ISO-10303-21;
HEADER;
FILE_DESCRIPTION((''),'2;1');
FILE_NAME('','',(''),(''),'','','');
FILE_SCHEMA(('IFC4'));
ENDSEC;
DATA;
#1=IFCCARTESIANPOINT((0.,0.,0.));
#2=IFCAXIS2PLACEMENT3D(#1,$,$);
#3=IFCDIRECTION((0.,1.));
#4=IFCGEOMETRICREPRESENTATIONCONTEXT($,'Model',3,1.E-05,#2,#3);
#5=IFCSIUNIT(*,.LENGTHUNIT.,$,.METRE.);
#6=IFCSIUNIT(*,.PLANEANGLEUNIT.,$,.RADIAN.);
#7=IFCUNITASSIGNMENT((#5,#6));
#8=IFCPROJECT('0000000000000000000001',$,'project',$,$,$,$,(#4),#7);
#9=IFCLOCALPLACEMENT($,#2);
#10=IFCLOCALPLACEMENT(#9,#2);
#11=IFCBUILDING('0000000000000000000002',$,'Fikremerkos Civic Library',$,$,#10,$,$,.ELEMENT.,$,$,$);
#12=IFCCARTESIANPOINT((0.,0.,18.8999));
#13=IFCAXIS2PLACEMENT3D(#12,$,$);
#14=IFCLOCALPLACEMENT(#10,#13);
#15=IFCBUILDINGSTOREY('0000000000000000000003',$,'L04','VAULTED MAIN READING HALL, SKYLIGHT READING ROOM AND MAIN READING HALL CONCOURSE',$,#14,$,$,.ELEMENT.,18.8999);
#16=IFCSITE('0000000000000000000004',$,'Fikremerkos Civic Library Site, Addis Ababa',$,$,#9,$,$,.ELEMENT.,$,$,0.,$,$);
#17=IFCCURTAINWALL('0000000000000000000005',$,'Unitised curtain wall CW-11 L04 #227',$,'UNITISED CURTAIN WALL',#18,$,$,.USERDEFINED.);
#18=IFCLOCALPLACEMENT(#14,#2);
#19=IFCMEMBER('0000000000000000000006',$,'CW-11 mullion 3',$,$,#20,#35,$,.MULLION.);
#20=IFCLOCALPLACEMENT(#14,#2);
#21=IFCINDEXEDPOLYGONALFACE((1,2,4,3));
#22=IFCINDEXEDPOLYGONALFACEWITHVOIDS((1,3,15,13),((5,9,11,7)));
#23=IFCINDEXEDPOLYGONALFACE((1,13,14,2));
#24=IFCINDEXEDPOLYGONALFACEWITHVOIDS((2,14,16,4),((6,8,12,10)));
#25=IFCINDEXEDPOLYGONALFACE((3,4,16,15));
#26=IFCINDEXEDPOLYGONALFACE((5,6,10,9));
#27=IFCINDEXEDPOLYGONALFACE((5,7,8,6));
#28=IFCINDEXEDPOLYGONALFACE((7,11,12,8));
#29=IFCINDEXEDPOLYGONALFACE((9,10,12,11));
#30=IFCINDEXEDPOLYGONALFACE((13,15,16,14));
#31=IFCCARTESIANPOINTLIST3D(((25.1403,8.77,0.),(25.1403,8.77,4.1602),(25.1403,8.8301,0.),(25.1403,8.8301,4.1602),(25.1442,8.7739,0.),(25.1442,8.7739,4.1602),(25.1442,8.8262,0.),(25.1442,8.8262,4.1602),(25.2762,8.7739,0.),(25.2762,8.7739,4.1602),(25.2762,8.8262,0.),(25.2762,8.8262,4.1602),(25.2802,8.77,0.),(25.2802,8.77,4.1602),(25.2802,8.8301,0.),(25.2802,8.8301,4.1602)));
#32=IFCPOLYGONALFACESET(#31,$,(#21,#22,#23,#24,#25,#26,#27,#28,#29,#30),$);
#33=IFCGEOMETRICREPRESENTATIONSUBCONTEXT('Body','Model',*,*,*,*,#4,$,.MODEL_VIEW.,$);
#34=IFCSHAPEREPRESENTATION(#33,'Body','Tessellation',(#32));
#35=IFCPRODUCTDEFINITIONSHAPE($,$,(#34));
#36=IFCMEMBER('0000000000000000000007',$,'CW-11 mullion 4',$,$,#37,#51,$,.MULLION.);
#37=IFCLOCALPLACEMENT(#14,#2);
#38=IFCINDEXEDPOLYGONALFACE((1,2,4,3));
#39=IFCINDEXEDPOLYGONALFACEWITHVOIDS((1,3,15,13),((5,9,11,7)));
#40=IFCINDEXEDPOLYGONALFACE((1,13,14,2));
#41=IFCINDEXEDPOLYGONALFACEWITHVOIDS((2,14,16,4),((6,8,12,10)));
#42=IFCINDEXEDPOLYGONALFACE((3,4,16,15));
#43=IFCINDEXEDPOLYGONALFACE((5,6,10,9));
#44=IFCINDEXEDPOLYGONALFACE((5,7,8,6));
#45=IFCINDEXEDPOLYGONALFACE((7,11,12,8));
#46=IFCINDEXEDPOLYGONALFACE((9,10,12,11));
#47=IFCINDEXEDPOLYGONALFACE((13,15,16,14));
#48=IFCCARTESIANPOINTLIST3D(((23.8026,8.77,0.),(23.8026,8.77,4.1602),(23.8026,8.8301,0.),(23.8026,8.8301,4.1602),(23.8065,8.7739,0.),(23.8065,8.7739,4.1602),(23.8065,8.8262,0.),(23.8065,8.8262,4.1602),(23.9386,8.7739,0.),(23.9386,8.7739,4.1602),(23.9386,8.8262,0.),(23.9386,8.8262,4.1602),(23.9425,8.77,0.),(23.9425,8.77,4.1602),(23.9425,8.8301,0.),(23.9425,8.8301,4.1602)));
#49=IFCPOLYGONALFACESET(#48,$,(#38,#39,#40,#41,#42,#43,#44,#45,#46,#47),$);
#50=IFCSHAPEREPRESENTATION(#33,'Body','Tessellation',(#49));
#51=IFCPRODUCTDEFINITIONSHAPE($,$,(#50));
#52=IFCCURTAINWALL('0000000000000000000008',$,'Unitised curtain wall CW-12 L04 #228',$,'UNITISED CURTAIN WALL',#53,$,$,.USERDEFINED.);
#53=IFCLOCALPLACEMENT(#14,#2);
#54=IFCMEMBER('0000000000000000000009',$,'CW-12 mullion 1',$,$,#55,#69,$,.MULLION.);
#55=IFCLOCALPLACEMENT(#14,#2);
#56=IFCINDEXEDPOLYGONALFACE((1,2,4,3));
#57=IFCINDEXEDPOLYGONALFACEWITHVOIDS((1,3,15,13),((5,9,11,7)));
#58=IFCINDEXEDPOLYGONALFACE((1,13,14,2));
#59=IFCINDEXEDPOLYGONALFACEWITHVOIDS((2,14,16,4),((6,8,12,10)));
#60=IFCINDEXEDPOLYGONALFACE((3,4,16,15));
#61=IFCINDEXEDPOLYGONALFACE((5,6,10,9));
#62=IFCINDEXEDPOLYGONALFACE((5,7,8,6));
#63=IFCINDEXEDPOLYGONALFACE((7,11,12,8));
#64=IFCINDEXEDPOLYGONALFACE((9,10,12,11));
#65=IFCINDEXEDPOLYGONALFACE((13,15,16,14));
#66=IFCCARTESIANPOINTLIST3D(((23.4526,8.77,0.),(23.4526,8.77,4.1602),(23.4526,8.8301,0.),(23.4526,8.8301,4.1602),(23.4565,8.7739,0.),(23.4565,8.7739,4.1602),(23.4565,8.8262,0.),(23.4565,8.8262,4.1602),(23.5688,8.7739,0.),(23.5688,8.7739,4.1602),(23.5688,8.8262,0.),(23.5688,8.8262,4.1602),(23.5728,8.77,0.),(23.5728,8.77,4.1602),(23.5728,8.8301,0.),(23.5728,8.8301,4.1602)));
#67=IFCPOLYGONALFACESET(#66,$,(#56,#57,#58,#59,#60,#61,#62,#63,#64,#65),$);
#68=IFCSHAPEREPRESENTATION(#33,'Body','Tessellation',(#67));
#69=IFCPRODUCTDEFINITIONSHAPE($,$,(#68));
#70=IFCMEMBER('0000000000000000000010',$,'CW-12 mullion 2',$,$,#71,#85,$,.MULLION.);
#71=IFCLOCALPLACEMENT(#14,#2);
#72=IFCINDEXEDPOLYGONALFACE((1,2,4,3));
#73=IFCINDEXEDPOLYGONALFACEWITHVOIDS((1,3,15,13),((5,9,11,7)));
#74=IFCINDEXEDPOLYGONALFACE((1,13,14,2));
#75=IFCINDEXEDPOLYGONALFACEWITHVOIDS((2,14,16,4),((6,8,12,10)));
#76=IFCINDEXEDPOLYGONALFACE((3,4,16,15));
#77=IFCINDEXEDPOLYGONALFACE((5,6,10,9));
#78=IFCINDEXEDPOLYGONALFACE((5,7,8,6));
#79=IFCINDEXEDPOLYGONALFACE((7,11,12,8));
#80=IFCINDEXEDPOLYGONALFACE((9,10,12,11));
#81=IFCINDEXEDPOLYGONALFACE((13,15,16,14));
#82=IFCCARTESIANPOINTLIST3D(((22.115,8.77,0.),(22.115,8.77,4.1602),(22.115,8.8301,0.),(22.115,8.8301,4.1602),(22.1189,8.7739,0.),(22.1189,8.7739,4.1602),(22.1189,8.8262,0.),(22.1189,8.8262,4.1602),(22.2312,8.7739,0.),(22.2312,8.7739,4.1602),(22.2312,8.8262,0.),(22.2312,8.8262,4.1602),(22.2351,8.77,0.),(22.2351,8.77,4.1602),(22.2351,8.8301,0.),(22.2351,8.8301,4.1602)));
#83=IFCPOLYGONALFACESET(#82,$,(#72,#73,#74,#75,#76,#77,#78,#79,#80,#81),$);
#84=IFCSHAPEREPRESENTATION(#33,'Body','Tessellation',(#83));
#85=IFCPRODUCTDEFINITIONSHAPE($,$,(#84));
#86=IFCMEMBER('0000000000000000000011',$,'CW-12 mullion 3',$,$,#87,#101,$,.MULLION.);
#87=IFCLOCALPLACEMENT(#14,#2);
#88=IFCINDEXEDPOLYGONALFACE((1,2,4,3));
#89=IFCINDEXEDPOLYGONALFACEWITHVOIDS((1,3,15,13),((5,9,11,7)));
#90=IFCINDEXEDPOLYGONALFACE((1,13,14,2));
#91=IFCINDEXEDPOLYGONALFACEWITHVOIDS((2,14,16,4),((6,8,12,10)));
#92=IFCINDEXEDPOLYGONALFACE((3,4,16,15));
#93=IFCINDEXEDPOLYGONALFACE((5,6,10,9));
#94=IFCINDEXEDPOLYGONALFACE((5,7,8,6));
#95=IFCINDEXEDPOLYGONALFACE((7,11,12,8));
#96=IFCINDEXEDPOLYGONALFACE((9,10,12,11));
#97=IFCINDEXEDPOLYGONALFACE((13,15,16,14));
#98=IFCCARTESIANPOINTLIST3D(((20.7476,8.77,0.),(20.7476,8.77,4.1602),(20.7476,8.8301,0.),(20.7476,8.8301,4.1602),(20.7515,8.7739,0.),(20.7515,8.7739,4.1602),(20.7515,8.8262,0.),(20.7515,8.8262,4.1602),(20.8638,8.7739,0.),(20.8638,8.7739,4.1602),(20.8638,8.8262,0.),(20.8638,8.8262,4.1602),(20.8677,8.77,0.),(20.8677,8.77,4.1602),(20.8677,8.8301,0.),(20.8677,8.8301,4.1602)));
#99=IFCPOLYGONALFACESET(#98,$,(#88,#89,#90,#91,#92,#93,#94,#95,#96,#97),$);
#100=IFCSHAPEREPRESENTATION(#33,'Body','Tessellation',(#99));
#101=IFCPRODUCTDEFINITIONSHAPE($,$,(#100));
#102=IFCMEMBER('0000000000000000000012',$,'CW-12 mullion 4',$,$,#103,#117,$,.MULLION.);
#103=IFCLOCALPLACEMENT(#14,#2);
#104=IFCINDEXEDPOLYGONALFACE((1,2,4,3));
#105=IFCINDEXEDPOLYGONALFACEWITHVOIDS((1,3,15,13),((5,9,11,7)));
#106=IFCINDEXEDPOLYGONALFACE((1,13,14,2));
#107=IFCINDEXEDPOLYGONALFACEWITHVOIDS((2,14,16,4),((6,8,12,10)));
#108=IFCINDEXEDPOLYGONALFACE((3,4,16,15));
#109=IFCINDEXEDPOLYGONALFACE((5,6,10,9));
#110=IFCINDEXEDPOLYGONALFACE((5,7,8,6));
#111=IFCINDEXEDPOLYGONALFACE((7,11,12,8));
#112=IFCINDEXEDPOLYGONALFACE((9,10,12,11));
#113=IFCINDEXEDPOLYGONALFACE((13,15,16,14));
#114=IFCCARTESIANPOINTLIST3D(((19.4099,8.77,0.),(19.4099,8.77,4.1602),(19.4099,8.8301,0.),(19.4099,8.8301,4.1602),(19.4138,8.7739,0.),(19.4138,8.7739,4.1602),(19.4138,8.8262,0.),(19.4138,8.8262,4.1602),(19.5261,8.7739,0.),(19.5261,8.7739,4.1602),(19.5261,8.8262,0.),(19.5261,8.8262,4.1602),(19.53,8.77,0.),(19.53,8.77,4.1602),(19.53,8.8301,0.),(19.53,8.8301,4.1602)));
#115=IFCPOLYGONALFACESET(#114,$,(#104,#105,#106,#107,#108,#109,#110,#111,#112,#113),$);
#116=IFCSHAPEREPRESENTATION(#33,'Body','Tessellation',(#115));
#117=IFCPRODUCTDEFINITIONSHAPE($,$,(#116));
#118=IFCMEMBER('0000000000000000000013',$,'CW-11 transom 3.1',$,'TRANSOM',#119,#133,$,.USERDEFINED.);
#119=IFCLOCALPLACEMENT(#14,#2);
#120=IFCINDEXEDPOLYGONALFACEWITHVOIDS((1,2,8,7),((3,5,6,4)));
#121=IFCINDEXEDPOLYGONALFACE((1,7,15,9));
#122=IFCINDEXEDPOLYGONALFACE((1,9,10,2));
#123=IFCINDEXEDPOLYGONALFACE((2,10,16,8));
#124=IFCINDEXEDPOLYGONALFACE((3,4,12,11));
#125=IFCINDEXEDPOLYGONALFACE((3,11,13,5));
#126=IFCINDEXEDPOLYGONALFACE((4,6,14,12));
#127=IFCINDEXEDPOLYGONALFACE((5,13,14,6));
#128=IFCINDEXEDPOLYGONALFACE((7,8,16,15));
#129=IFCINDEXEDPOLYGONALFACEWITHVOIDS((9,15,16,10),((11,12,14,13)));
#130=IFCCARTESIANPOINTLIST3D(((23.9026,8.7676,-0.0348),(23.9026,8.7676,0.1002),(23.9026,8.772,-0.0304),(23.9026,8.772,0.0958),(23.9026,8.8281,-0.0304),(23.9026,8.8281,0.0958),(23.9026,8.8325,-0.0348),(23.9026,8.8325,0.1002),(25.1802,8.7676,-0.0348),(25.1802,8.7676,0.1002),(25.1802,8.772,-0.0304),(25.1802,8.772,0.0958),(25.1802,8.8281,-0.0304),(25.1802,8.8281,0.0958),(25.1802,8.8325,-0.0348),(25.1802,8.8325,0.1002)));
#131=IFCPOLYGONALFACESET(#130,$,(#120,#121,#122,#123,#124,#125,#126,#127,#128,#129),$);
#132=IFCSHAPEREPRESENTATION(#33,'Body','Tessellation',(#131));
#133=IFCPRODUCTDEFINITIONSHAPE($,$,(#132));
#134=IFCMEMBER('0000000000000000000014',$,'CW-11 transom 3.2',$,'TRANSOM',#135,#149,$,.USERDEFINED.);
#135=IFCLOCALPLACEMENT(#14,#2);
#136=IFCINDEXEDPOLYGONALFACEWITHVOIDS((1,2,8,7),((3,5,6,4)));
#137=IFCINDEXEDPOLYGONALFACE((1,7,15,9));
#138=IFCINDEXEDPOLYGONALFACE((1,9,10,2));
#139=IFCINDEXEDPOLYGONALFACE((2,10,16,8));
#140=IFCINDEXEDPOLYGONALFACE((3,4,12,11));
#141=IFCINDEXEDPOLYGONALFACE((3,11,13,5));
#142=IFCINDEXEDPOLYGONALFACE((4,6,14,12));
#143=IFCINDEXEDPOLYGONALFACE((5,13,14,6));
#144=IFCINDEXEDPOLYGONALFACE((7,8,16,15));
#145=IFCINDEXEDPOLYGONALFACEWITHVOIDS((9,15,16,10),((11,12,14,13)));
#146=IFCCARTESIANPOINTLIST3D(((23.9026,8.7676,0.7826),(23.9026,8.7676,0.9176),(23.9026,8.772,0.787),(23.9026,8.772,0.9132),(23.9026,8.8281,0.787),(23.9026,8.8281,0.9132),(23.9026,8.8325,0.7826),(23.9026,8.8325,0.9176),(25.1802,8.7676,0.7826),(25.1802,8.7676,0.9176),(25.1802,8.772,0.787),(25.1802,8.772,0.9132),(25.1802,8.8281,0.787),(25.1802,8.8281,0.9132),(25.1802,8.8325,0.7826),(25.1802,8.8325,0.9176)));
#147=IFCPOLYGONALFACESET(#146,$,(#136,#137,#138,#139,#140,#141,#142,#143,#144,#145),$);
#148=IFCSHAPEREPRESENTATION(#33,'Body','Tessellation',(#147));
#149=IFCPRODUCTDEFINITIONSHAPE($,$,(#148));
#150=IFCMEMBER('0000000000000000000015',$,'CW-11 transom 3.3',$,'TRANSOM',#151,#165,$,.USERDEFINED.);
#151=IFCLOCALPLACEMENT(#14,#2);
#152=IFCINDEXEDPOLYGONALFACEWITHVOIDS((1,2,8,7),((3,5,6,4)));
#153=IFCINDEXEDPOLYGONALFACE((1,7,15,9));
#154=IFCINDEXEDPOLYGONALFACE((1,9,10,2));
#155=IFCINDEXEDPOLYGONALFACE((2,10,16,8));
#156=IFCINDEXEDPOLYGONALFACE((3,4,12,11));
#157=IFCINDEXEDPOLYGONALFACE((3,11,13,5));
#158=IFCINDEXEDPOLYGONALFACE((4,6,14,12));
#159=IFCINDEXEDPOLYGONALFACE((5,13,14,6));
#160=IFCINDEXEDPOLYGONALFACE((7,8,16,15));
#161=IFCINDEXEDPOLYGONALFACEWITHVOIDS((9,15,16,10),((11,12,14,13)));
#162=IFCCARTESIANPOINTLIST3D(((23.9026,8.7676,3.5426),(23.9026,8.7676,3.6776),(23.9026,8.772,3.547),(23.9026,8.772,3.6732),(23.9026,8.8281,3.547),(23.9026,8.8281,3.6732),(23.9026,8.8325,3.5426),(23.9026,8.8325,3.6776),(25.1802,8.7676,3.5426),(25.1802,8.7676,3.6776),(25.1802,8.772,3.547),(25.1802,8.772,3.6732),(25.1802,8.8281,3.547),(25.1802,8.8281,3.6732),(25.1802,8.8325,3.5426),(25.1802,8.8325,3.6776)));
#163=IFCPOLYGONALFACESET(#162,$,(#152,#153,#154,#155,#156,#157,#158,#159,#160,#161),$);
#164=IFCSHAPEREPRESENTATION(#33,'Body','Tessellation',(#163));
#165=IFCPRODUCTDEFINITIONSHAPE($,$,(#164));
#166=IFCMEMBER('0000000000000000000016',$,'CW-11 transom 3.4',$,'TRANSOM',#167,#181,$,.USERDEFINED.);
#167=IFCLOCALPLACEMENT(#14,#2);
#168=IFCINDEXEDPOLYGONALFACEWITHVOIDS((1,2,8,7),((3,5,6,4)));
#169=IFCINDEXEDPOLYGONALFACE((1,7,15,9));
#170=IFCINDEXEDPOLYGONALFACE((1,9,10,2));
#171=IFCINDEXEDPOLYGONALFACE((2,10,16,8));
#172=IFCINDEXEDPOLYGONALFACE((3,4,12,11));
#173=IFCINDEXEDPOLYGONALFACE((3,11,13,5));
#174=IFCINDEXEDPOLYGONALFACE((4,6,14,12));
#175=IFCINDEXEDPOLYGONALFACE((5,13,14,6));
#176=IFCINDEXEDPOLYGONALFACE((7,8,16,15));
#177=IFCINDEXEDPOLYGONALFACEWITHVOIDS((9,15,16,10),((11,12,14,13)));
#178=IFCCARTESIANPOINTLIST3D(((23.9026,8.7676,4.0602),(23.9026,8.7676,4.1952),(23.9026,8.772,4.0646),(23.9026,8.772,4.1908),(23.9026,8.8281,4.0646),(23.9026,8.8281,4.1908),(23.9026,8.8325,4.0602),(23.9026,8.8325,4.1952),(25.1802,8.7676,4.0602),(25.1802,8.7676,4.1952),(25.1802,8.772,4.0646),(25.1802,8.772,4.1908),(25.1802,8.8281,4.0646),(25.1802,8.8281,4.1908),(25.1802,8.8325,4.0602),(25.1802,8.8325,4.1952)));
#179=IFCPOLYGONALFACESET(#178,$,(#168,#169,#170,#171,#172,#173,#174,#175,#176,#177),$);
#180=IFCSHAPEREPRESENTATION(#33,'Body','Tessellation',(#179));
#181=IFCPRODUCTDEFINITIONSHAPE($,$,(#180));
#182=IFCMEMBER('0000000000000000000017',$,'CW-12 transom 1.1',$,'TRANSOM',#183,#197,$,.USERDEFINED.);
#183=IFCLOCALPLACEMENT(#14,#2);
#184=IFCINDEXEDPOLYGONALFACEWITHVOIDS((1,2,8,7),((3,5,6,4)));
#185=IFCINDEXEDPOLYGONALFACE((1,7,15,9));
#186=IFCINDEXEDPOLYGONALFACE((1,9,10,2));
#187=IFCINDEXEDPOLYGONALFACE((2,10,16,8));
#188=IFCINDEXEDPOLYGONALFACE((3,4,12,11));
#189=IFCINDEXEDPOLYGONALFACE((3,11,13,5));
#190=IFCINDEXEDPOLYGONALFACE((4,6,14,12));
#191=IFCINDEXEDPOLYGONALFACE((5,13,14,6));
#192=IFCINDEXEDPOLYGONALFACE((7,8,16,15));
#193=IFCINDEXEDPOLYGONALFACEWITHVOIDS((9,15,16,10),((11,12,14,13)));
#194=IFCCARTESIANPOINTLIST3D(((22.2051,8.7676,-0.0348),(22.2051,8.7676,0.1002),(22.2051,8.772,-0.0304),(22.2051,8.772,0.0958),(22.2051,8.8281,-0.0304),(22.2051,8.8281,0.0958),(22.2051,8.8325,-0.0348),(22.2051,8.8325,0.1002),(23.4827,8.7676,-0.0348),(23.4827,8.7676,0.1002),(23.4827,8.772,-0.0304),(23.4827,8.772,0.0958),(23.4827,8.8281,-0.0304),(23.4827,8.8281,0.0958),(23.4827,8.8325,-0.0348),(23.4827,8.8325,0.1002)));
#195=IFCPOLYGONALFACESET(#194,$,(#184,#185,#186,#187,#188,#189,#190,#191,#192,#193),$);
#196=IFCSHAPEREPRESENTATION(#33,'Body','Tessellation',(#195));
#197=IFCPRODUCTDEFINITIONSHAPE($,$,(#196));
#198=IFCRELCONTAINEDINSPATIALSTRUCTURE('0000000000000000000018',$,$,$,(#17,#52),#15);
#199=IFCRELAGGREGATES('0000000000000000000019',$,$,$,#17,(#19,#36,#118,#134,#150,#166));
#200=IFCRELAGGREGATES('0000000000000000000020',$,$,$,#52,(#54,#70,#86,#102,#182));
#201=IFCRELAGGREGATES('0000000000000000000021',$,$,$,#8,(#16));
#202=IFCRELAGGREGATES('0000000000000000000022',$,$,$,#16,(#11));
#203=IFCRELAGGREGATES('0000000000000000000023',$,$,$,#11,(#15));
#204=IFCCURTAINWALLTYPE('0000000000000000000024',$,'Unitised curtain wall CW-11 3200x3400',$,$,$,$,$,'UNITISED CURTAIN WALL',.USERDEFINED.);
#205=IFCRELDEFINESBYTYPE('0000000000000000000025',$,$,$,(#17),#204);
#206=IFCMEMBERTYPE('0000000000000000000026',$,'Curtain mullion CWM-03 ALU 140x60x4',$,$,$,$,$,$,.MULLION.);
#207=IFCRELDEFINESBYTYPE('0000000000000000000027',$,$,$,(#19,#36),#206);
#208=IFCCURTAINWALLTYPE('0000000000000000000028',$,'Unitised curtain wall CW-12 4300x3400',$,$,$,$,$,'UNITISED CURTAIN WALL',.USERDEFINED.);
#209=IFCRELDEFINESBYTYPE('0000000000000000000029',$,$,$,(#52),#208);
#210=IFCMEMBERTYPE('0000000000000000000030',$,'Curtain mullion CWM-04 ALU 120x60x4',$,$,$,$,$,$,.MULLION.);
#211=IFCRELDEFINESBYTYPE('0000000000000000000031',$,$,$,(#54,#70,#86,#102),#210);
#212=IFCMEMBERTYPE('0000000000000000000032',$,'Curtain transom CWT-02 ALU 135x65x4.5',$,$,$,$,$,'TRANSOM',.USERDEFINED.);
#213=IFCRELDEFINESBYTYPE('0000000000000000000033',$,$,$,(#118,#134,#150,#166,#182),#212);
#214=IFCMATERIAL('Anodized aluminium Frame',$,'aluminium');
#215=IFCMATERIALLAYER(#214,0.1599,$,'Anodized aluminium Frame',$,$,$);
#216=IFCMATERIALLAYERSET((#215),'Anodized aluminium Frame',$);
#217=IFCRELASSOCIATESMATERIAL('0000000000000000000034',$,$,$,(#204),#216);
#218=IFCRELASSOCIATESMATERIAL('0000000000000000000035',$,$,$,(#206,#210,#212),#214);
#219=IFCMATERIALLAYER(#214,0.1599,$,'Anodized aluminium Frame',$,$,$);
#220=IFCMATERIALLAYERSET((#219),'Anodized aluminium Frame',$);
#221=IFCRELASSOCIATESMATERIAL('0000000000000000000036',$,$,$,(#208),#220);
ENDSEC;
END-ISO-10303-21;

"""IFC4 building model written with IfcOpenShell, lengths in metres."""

from ifc_helpers import new_model, si_unit, direction, frame, origin, origin_2d, place, context, subcontext, project, spatial, hollow_rectangle, extrude, material, layer, layer_set, material_profile, profile_set, type_object, element, aggregate, save


model = new_model("IFC4")

# Units and contexts
model_context = context("Model", 3, precision=1e-05, world=origin(), true_north=direction((0.0, 1.0)))
body_context = subcontext(model_context, "Body", "Model", "MODEL_VIEW")
ifc_project = project(units=[si_unit("LENGTHUNIT", "METRE"), si_unit("PLANEANGLEUNIT", "RADIAN")], contexts=[model_context])

# Site, building, storey
site_placement = place(None, origin())
site = spatial("IfcSite", under=ifc_project, at=site_placement, Name="Fikremerkos Civic Library Site, Addis Ababa", CompositionType="ELEMENT", RefElevation=0.0)
building_placement = place(site_placement, origin())
building = spatial("IfcBuilding", under=site, at=building_placement, Name="Fikremerkos Civic Library", CompositionType="ELEMENT")
storey_placement = place(building_placement, frame((0.0, 0.0, 18.8999)))
storey = spatial("IfcBuildingStorey", under=building, at=storey_placement, Name="L04", Description="VAULTED MAIN READING HALL, SKYLIGHT READING ROOM AND MAIN READING HALL CONCOURSE", CompositionType="ELEMENT", Elevation=18.8999)

# Curtain walls, members
ifc_material_1 = material(Name="Anodized aluminium Frame", Category="aluminium")
ifc_layer_1 = layer(ifc_material_1, 0.1599, Name="Anodized aluminium Frame")
ifc_layer_set_1 = layer_set([ifc_layer_1], Name="Anodized aluminium Frame")
curtain_wall_type_1 = type_object("IfcCurtainWallType", Name="Unitised curtain wall CW-11 3200x3400", ElementType="UNITISED CURTAIN WALL", PredefinedType="USERDEFINED", material=ifc_layer_set_1)
curtain_wall_1_placement = place(storey_placement, origin())
curtain_wall_1 = element("IfcCurtainWall", 1, at=curtain_wall_1_placement, inside=storey, type_object=curtain_wall_type_1, Name="Unitised curtain wall CW-11 L04 #227", ObjectType="UNITISED CURTAIN WALL", PredefinedType="USERDEFINED")
ifc_material_profile_1 = material_profile(ifc_material_1, hollow_rectangle(XDim=0.0601, YDim=0.1399, WallThickness=0.0039, at=origin_2d()), Name="ALU 140x60x4")
ifc_profile_set_1 = profile_set([ifc_material_profile_1], Name="Anodized aluminium Frame")
member_type_1 = type_object("IfcMemberType", Name="Curtain mullion CWM-03 ALU 140x60x4", PredefinedType="MULLION", material=ifc_profile_set_1)
member_1_placement = place(storey_placement, frame((25.2102, 8.8, 0.0), z_axis=(0.0, 0.0, 1.0), x_axis=(0.0, -1.0, 0.0)))
member_1 = element("IfcMember", 2, at=member_1_placement, type_object=member_type_1, Name="CW-11 mullion 3", PredefinedType="MULLION", context=body_context, shape_type="SweptSolid", body=[
    extrude(hollow_rectangle(XDim=0.0601, YDim=0.1399, WallThickness=0.0039, at=origin_2d()), origin(), (0.0, 0.0, 1.0), 4.1602),
])
member_2_placement = place(storey_placement, frame((23.8726, 8.8, 0.0), z_axis=(0.0, 0.0, 1.0), x_axis=(0.0, -1.0, 0.0)))
member_2 = element("IfcMember", 3, at=member_2_placement, type_object=member_type_1, Name="CW-11 mullion 4", PredefinedType="MULLION", context=body_context, shape_type="SweptSolid", body=[
    extrude(hollow_rectangle(XDim=0.0601, YDim=0.1399, WallThickness=0.0039, at=origin_2d()), origin(), (0.0, 0.0, 1.0), 4.1602),
])
ifc_layer_2 = layer(ifc_material_1, 0.1599, Name="Anodized aluminium Frame")
ifc_layer_set_2 = layer_set([ifc_layer_2], Name="Anodized aluminium Frame")
curtain_wall_type_2 = type_object("IfcCurtainWallType", Name="Unitised curtain wall CW-12 4300x3400", ElementType="UNITISED CURTAIN WALL", PredefinedType="USERDEFINED", material=ifc_layer_set_2)
curtain_wall_2_placement = place(storey_placement, origin())
curtain_wall_2 = element("IfcCurtainWall", 4, at=curtain_wall_2_placement, inside=storey, type_object=curtain_wall_type_2, Name="Unitised curtain wall CW-12 L04 #228", ObjectType="UNITISED CURTAIN WALL", PredefinedType="USERDEFINED")
ifc_material_profile_2 = material_profile(ifc_material_1, hollow_rectangle(XDim=0.0601, YDim=0.1201, WallThickness=0.0039, at=origin_2d()), Name="ALU 120x60x4")
ifc_profile_set_2 = profile_set([ifc_material_profile_2], Name="Anodized aluminium Frame")
member_type_2 = type_object("IfcMemberType", Name="Curtain mullion CWM-04 ALU 120x60x4", PredefinedType="MULLION", material=ifc_profile_set_2)
member_3_placement = place(storey_placement, frame((23.5127, 8.8, 0.0), z_axis=(0.0, 0.0, 1.0), x_axis=(0.0, -1.0, 0.0)))
member_3 = element("IfcMember", 5, at=member_3_placement, type_object=member_type_2, Name="CW-12 mullion 1", PredefinedType="MULLION", context=body_context, shape_type="SweptSolid", body=[
    extrude(hollow_rectangle(XDim=0.0601, YDim=0.1201, WallThickness=0.0039, at=origin_2d()), origin(), (0.0, 0.0, 1.0), 4.1602),
])
member_4_placement = place(storey_placement, frame((22.175, 8.8, 0.0), z_axis=(0.0, 0.0, 1.0), x_axis=(0.0, -1.0, 0.0)))
member_4 = element("IfcMember", 6, at=member_4_placement, type_object=member_type_2, Name="CW-12 mullion 2", PredefinedType="MULLION", context=body_context, shape_type="SweptSolid", body=[
    extrude(hollow_rectangle(XDim=0.0601, YDim=0.1201, WallThickness=0.0039, at=origin_2d()), origin(), (0.0, 0.0, 1.0), 4.1602),
])
member_5_placement = place(storey_placement, frame((20.8076, 8.8, 0.0), z_axis=(0.0, 0.0, 1.0), x_axis=(0.0, -1.0, 0.0)))
member_5 = element("IfcMember", 7, at=member_5_placement, type_object=member_type_2, Name="CW-12 mullion 3", PredefinedType="MULLION", context=body_context, shape_type="SweptSolid", body=[
    extrude(hollow_rectangle(XDim=0.0601, YDim=0.1201, WallThickness=0.0039, at=origin_2d()), origin(), (0.0, 0.0, 1.0), 4.1602),
])
member_6_placement = place(storey_placement, frame((19.47, 8.8, 0.0), z_axis=(0.0, 0.0, 1.0), x_axis=(0.0, -1.0, 0.0)))
member_6 = element("IfcMember", 8, at=member_6_placement, type_object=member_type_2, Name="CW-12 mullion 4", PredefinedType="MULLION", context=body_context, shape_type="SweptSolid", body=[
    extrude(hollow_rectangle(XDim=0.0601, YDim=0.1201, WallThickness=0.0039, at=origin_2d()), origin(), (0.0, 0.0, 1.0), 4.1602),
])

# Members
ifc_material_profile_3 = material_profile(ifc_material_1, hollow_rectangle(XDim=0.0649, YDim=0.135, WallThickness=0.0044, at=origin_2d()), Name="ALU 135x65x4.5")
ifc_profile_set_3 = profile_set([ifc_material_profile_3], Name="Anodized aluminium Frame")
member_type_3 = type_object("IfcMemberType", Name="Curtain transom CWT-02 ALU 135x65x4.5", ElementType="TRANSOM", PredefinedType="USERDEFINED", material=ifc_profile_set_3)
member_7_placement = place(storey_placement, frame((25.1802, 8.8, 0.0327), z_axis=(-1.0, 0.0, 0.0), x_axis=(0.0, -1.0, 0.0)))
member_7 = element("IfcMember", 9, at=member_7_placement, type_object=member_type_3, Name="CW-11 transom 3.1", ObjectType="TRANSOM", PredefinedType="USERDEFINED", context=body_context, shape_type="SweptSolid", body=[
    extrude(hollow_rectangle(XDim=0.0649, YDim=0.135, WallThickness=0.0044, at=origin_2d()), origin(), (0.0, 0.0, 1.0), 1.2776),
])
member_8_placement = place(storey_placement, frame((25.1802, 8.8, 0.8501), z_axis=(-1.0, 0.0, 0.0), x_axis=(0.0, -1.0, 0.0)))
member_8 = element("IfcMember", 10, at=member_8_placement, type_object=member_type_3, Name="CW-11 transom 3.2", ObjectType="TRANSOM", PredefinedType="USERDEFINED", context=body_context, shape_type="SweptSolid", body=[
    extrude(hollow_rectangle(XDim=0.0649, YDim=0.135, WallThickness=0.0044, at=origin_2d()), origin(), (0.0, 0.0, 1.0), 1.2776),
])
member_9_placement = place(storey_placement, frame((25.1802, 8.8, 3.6101), z_axis=(-1.0, 0.0, 0.0), x_axis=(0.0, -1.0, 0.0)))
member_9 = element("IfcMember", 11, at=member_9_placement, type_object=member_type_3, Name="CW-11 transom 3.3", ObjectType="TRANSOM", PredefinedType="USERDEFINED", context=body_context, shape_type="SweptSolid", body=[
    extrude(hollow_rectangle(XDim=0.0649, YDim=0.135, WallThickness=0.0044, at=origin_2d()), origin(), (0.0, 0.0, 1.0), 1.2776),
])
member_10_placement = place(storey_placement, frame((25.1802, 8.8, 4.1277), z_axis=(-1.0, 0.0, 0.0), x_axis=(0.0, -1.0, 0.0)))
member_10 = element("IfcMember", 12, at=member_10_placement, type_object=member_type_3, Name="CW-11 transom 3.4", ObjectType="TRANSOM", PredefinedType="USERDEFINED", context=body_context, shape_type="SweptSolid", body=[
    extrude(hollow_rectangle(XDim=0.0649, YDim=0.135, WallThickness=0.0044, at=origin_2d()), origin(), (0.0, 0.0, 1.0), 1.2776),
])
member_11_placement = place(storey_placement, frame((23.4827, 8.8, 0.0327), z_axis=(-1.0, 0.0, 0.0), x_axis=(0.0, -1.0, 0.0)))
member_11 = element("IfcMember", 13, at=member_11_placement, type_object=member_type_3, Name="CW-12 transom 1.1", ObjectType="TRANSOM", PredefinedType="USERDEFINED", context=body_context, shape_type="SweptSolid", body=[
    extrude(hollow_rectangle(XDim=0.0649, YDim=0.135, WallThickness=0.0044, at=origin_2d()), origin(), (0.0, 0.0, 1.0), 1.2776),
])

aggregate(curtain_wall_1, [member_1, member_2, member_7, member_8, member_9, member_10])
aggregate(curtain_wall_2, [member_3, member_4, member_5, member_6, member_11])

save(model, "model.ifc")
